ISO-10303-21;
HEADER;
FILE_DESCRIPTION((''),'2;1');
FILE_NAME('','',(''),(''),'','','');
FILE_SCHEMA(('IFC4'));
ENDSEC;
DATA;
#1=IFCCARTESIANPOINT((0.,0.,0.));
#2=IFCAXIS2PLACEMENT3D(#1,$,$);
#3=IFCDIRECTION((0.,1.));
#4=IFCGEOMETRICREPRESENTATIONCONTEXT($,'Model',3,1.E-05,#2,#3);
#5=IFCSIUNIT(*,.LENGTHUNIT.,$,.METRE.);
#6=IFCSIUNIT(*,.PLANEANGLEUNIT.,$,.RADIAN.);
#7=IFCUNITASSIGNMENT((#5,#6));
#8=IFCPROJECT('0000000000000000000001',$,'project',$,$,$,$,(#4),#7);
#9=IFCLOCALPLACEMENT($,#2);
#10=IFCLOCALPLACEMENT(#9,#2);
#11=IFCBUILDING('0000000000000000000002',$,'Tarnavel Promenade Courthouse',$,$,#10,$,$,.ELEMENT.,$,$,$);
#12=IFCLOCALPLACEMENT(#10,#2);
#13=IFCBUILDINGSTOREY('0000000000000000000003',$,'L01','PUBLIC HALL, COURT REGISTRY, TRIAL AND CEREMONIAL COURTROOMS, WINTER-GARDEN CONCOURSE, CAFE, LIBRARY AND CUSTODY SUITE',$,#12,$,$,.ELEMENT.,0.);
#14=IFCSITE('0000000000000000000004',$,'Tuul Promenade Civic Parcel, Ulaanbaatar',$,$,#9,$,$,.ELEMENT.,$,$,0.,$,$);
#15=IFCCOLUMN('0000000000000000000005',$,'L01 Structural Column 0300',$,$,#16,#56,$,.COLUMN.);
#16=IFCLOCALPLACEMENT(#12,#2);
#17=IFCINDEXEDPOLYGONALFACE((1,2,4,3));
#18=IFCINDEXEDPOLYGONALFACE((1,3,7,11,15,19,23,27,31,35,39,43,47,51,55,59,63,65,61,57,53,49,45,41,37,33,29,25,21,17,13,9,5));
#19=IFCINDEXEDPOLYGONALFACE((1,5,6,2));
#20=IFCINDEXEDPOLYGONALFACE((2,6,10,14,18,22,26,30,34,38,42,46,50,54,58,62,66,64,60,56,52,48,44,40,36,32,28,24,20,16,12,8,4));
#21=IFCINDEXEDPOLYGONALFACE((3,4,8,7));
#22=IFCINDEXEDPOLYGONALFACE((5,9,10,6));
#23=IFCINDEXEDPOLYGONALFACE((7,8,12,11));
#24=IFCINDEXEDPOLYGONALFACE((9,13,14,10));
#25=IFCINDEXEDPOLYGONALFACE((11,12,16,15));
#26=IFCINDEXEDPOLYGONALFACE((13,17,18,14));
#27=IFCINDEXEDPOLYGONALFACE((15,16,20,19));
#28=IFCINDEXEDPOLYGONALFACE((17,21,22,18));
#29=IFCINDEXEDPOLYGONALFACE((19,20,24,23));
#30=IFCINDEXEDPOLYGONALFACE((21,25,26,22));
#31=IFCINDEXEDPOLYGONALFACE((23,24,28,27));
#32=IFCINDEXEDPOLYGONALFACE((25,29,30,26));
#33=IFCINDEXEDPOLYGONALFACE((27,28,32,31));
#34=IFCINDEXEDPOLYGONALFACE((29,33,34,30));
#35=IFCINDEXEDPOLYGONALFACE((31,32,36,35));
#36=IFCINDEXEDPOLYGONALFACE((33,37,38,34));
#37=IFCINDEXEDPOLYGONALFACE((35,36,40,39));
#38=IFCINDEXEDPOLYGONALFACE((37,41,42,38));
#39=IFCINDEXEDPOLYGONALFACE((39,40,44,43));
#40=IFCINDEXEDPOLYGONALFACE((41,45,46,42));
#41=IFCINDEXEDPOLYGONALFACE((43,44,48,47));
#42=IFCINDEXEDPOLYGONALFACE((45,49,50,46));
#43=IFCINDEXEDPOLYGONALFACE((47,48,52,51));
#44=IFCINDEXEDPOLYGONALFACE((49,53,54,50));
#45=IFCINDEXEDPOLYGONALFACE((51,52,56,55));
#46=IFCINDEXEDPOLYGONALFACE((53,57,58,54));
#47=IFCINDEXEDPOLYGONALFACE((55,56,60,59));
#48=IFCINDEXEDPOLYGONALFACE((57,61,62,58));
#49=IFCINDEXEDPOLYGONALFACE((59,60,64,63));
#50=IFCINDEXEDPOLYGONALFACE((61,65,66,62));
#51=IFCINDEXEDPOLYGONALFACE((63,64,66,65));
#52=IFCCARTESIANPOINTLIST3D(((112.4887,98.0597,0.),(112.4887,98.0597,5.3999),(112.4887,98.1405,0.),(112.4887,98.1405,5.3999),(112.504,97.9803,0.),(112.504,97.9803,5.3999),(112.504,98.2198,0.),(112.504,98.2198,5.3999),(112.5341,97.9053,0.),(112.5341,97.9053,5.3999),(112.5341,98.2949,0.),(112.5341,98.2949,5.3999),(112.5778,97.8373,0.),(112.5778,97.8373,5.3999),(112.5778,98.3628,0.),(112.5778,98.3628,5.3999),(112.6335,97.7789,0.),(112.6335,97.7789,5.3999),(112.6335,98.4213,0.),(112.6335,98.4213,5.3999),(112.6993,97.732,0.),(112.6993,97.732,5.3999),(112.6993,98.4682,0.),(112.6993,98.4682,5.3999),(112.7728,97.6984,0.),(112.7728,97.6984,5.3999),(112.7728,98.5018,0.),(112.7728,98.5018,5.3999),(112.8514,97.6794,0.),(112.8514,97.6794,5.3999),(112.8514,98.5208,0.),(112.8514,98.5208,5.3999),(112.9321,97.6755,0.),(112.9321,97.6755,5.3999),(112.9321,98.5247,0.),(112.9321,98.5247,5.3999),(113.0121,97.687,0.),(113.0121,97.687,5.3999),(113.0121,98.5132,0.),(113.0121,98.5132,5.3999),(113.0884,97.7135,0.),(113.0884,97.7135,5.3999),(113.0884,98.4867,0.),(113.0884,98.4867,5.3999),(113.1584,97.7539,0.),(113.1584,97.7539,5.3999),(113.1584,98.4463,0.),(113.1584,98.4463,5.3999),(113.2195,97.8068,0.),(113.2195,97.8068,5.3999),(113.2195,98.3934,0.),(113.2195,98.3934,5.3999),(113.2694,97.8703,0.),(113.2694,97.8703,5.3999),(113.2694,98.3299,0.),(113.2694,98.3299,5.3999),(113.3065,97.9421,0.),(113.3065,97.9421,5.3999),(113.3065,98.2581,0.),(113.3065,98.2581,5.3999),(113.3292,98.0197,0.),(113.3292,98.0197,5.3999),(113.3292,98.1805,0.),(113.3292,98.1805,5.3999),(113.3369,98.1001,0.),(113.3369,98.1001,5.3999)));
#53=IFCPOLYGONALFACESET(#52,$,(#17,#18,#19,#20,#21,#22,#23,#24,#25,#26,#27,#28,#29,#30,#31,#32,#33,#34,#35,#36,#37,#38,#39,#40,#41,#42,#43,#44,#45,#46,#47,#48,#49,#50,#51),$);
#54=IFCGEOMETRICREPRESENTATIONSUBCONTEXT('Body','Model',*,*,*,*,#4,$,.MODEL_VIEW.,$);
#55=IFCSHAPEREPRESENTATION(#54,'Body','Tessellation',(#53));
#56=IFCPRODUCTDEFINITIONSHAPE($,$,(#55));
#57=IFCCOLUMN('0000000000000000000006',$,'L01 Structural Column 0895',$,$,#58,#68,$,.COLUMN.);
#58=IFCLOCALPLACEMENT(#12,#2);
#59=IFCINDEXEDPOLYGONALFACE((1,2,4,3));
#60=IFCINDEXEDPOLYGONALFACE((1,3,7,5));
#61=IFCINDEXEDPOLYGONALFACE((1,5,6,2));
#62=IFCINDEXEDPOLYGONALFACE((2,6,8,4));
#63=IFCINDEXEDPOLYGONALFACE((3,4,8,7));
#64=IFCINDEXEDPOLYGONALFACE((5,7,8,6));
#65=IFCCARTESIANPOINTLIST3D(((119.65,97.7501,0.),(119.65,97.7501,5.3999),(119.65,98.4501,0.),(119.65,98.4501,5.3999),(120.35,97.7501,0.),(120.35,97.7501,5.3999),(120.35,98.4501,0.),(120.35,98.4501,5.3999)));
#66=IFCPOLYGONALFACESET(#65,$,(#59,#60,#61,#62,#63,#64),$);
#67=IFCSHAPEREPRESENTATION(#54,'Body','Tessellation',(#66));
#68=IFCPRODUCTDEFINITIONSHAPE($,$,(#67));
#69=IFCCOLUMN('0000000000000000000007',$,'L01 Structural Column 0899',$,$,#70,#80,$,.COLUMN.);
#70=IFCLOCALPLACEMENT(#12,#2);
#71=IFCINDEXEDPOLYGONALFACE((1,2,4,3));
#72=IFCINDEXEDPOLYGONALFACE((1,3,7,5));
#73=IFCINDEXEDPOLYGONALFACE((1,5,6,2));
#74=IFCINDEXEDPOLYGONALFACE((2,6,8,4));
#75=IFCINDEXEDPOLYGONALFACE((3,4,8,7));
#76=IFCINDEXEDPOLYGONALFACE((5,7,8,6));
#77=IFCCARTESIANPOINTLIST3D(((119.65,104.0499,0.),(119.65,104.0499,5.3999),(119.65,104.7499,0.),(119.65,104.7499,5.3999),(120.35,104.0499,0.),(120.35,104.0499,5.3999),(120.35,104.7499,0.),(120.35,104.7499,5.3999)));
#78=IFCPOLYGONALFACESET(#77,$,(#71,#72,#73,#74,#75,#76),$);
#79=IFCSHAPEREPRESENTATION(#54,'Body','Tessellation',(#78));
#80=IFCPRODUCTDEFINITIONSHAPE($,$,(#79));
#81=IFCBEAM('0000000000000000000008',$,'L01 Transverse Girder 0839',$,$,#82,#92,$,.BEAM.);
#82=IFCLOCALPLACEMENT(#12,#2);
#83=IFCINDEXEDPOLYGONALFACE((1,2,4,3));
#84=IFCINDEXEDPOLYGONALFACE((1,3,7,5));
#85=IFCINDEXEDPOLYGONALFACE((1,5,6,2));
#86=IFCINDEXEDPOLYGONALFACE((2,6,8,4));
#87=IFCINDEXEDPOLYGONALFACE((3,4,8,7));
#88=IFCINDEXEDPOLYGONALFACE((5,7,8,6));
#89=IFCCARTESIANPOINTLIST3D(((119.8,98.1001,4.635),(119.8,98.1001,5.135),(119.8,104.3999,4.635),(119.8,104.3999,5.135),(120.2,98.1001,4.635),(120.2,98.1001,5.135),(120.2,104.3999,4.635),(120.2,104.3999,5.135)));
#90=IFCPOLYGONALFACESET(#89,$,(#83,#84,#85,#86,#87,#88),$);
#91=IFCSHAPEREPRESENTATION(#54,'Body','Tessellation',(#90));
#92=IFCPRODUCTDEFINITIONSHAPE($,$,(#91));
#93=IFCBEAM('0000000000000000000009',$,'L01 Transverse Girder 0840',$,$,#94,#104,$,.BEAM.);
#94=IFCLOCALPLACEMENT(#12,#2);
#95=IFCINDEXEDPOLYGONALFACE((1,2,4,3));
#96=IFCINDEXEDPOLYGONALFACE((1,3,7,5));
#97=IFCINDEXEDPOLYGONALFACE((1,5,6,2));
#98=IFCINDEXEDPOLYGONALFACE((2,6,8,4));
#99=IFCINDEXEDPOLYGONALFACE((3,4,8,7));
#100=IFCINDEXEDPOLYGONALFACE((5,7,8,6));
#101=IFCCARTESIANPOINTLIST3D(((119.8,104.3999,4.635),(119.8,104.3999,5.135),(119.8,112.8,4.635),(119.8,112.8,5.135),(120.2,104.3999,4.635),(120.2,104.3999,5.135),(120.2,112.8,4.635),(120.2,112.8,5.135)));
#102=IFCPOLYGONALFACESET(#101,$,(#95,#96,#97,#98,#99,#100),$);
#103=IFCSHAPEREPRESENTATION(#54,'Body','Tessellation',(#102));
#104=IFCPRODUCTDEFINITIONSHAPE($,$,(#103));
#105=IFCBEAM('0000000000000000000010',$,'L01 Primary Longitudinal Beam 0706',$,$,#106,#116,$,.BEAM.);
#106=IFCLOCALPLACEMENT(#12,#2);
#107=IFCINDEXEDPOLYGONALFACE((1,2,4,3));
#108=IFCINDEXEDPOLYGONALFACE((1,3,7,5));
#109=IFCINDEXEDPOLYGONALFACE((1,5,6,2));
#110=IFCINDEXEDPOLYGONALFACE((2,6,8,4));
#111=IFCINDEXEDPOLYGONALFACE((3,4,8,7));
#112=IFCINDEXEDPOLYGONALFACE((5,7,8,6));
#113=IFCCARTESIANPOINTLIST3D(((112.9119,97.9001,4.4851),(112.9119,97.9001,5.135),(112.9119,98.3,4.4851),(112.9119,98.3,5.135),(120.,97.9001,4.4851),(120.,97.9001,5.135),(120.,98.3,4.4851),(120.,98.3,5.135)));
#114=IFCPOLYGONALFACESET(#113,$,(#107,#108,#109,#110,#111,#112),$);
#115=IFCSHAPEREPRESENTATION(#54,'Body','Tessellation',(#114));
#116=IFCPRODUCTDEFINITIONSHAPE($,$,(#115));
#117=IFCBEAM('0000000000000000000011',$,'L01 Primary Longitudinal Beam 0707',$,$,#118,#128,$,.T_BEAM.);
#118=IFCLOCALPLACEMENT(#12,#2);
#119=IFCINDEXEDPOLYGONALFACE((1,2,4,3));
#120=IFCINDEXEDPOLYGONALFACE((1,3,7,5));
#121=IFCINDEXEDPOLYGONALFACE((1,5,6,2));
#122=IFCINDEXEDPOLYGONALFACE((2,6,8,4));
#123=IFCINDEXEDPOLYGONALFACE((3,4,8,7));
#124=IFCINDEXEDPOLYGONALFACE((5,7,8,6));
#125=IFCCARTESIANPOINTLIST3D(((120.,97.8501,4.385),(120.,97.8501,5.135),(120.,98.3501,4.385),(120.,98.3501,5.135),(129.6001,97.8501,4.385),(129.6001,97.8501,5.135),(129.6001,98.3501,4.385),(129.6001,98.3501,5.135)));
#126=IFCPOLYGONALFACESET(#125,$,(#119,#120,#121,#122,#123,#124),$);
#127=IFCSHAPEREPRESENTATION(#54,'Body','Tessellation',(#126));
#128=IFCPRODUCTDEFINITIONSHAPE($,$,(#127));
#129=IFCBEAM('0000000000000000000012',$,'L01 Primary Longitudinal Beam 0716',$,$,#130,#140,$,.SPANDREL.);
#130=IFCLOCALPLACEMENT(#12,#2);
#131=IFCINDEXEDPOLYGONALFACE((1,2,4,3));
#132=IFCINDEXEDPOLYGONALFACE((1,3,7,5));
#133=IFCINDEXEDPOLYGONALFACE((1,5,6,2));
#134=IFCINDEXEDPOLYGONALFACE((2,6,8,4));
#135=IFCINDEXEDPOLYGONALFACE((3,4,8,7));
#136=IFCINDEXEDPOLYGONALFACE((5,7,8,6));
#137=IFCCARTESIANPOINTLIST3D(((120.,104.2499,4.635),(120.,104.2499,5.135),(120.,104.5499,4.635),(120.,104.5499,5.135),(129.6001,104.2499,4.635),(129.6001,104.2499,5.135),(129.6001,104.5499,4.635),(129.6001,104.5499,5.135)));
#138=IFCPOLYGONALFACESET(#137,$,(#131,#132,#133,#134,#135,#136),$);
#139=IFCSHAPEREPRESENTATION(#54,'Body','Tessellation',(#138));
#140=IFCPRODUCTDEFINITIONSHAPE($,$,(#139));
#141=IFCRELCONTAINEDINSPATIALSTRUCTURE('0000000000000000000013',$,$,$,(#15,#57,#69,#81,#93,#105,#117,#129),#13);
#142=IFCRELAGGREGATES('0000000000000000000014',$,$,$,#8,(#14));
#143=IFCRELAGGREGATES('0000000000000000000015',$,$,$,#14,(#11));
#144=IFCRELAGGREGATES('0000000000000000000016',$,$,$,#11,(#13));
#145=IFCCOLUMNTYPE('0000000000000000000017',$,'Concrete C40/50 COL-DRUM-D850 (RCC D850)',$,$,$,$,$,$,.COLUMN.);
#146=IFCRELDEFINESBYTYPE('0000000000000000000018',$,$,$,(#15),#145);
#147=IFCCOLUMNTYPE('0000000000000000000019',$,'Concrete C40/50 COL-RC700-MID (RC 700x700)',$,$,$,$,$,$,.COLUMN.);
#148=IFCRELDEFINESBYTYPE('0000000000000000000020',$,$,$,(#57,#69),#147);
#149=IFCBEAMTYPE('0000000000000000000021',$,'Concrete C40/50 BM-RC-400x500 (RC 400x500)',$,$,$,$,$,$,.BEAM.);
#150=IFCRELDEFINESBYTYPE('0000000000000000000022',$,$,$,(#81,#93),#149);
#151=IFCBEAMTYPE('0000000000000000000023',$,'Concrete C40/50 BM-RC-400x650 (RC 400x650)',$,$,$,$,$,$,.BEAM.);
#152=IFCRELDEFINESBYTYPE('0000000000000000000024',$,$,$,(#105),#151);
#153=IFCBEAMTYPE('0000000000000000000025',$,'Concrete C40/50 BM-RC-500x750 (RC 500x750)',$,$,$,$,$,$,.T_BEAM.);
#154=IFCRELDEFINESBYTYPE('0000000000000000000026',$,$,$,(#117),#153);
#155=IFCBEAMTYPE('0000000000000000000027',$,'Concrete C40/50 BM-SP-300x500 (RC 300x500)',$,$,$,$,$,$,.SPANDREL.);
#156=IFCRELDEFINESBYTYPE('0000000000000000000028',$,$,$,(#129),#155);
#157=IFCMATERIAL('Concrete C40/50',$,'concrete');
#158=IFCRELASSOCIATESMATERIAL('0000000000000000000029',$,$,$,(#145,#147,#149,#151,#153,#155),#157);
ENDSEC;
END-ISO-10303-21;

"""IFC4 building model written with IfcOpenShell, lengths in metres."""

from ifc_helpers import new_model, si_unit, direction, frame, origin, origin_2d, place, context, subcontext, project, spatial, rectangle, circle, extrude, material, material_profile, profile_set, type_object, element, save


model = new_model("IFC4")

# Units and contexts
model_context = context("Model", 3, precision=1e-05, world=origin(), true_north=direction((0.0, 1.0)))
body_context = subcontext(model_context, "Body", "Model", "MODEL_VIEW")
ifc_project = project(units=[si_unit("LENGTHUNIT", "METRE"), si_unit("PLANEANGLEUNIT", "RADIAN")], contexts=[model_context])

# Site, building, storey
site_placement = place(None, origin())
site = spatial("IfcSite", under=ifc_project, at=site_placement, Name="Tuul Promenade Civic Parcel, Ulaanbaatar", CompositionType="ELEMENT", RefElevation=0.0)
building_placement = place(site_placement, origin())
building = spatial("IfcBuilding", under=site, at=building_placement, Name="Tarnavel Promenade Courthouse", CompositionType="ELEMENT")
storey_placement = place(building_placement, origin())
storey = spatial("IfcBuildingStorey", under=building, at=storey_placement, Name="L01", Description="PUBLIC HALL, COURT REGISTRY, TRIAL AND CEREMONIAL COURTROOMS, WINTER-GARDEN CONCOURSE, CAFE, LIBRARY AND CUSTODY SUITE", CompositionType="ELEMENT", Elevation=0.0)

# Columns
ifc_material_1 = material(Name="Concrete C40/50", Category="concrete")
ifc_material_profile_1 = material_profile(ifc_material_1, circle(Radius=0.425, at=origin_2d()), Name="RCC D850")
ifc_profile_set_1 = profile_set([ifc_material_profile_1], Name="Concrete C40/50")
column_type_1 = type_object("IfcColumnType", Name="Concrete C40/50 COL-DRUM-D850 (RCC D850)", PredefinedType="COLUMN", material=ifc_profile_set_1)
column_placement = place(storey_placement, frame((112.9119, 98.1001, 0.0), z_axis=(0.0, 0.0, 1.0), x_axis=(1.0, 0.0, 0.0)))
element("IfcColumn", 1, at=column_placement, inside=storey, type_object=column_type_1, Name="L01 Structural Column 0300", PredefinedType="COLUMN", context=body_context, shape_type="SweptSolid", body=[
    extrude(circle(Radius=0.425, at=origin_2d()), origin(), (0.0, 0.0, 1.0), 5.3999),
])
ifc_material_profile_2 = material_profile(ifc_material_1, rectangle(XDim=0.7, YDim=0.7, at=origin_2d()), Name="RC 700x700")
ifc_profile_set_2 = profile_set([ifc_material_profile_2], Name="Concrete C40/50")
column_type_2 = type_object("IfcColumnType", Name="Concrete C40/50 COL-RC700-MID (RC 700x700)", PredefinedType="COLUMN", material=ifc_profile_set_2)
for number, where, z_axis, x_axis, name in (
    (2, (120.0, 98.1001, 0.0), (0.0, 0.0, 1.0), (1.0, 0.0, 0.0), "L01 Structural Column 0895"),
    (3, (120.0, 104.3999, 0.0), (0.0, 0.0, 1.0), (1.0, 0.0, 0.0), "L01 Structural Column 0899"),
):
    element("IfcColumn", number, at=place(storey_placement, frame(where, z_axis=z_axis, x_axis=x_axis)), inside=storey, type_object=column_type_2, Name=name, PredefinedType="COLUMN", context=body_context, shape_type="SweptSolid", body=[
        extrude(rectangle(XDim=0.7, YDim=0.7, at=origin_2d()), origin(), (0.0, 0.0, 1.0), 5.3999),
    ])

# Beams
ifc_material_profile_3 = material_profile(ifc_material_1, rectangle(XDim=0.3999, YDim=0.5, at=origin_2d()), Name="RC 400x500")
ifc_profile_set_3 = profile_set([ifc_material_profile_3], Name="Concrete C40/50")
beam_type_1 = type_object("IfcBeamType", Name="Concrete C40/50 BM-RC-400x500 (RC 400x500)", PredefinedType="BEAM", material=ifc_profile_set_3)
beam_1_placement = place(storey_placement, frame((120.0, 98.1001, 4.885), z_axis=(0.0, 1.0, 0.0), x_axis=(-1.0, 0.0, 0.0)))
element("IfcBeam", 4, at=beam_1_placement, inside=storey, type_object=beam_type_1, Name="L01 Transverse Girder 0839", PredefinedType="BEAM", context=body_context, shape_type="SweptSolid", body=[
    extrude(rectangle(XDim=0.3999, YDim=0.5, at=origin_2d()), origin(), (0.0, 0.0, 1.0), 6.2998),
])
beam_2_placement = place(storey_placement, frame((120.0, 104.3999, 4.885), z_axis=(0.0, 1.0, 0.0), x_axis=(-1.0, 0.0, 0.0)))
element("IfcBeam", 5, at=beam_2_placement, inside=storey, type_object=beam_type_1, Name="L01 Transverse Girder 0840", PredefinedType="BEAM", context=body_context, shape_type="SweptSolid", body=[
    extrude(rectangle(XDim=0.3999, YDim=0.5, at=origin_2d()), origin(), (0.0, 0.0, 1.0), 8.4001),
])
ifc_material_profile_4 = material_profile(ifc_material_1, rectangle(XDim=0.3999, YDim=0.6499, at=origin_2d()), Name="RC 400x650")
ifc_profile_set_4 = profile_set([ifc_material_profile_4], Name="Concrete C40/50")
beam_type_2 = type_object("IfcBeamType", Name="Concrete C40/50 BM-RC-400x650 (RC 400x650)", PredefinedType="BEAM", material=ifc_profile_set_4)
beam_3_placement = place(storey_placement, frame((112.9119, 98.1001, 4.8101), z_axis=(1.0, 0.0, 0.0), x_axis=(0.0, 1.0, 0.0)))
element("IfcBeam", 6, at=beam_3_placement, inside=storey, type_object=beam_type_2, Name="L01 Primary Longitudinal Beam 0706", PredefinedType="BEAM", context=body_context, shape_type="SweptSolid", body=[
    extrude(rectangle(XDim=0.3999, YDim=0.6499, at=origin_2d()), origin(), (0.0, 0.0, 1.0), 7.0881),
])
ifc_material_profile_5 = material_profile(ifc_material_1, rectangle(XDim=0.5, YDim=0.75, at=origin_2d()), Name="RC 500x750")
ifc_profile_set_5 = profile_set([ifc_material_profile_5], Name="Concrete C40/50")
beam_type_3 = type_object("IfcBeamType", Name="Concrete C40/50 BM-RC-500x750 (RC 500x750)", PredefinedType="T_BEAM", material=ifc_profile_set_5)
beam_4_placement = place(storey_placement, frame((120.0, 98.1001, 4.76), z_axis=(1.0, 0.0, 0.0), x_axis=(0.0, 1.0, 0.0)))
element("IfcBeam", 7, at=beam_4_placement, inside=storey, type_object=beam_type_3, Name="L01 Primary Longitudinal Beam 0707", PredefinedType="T_BEAM", context=body_context, shape_type="SweptSolid", body=[
    extrude(rectangle(XDim=0.5, YDim=0.75, at=origin_2d()), origin(), (0.0, 0.0, 1.0), 9.6001),
])
ifc_material_profile_6 = material_profile(ifc_material_1, rectangle(XDim=0.3, YDim=0.5, at=origin_2d()), Name="RC 300x500")
ifc_profile_set_6 = profile_set([ifc_material_profile_6], Name="Concrete C40/50")
beam_type_4 = type_object("IfcBeamType", Name="Concrete C40/50 BM-SP-300x500 (RC 300x500)", PredefinedType="SPANDREL", material=ifc_profile_set_6)
beam_5_placement = place(storey_placement, frame((120.0, 104.3999, 4.885), z_axis=(1.0, 0.0, 0.0), x_axis=(0.0, 1.0, 0.0)))
element("IfcBeam", 8, at=beam_5_placement, inside=storey, type_object=beam_type_4, Name="L01 Primary Longitudinal Beam 0716", PredefinedType="SPANDREL", context=body_context, shape_type="SweptSolid", body=[
    extrude(rectangle(XDim=0.3, YDim=0.5, at=origin_2d()), origin(), (0.0, 0.0, 1.0), 9.6001),
])

save(model, "model.ifc")
